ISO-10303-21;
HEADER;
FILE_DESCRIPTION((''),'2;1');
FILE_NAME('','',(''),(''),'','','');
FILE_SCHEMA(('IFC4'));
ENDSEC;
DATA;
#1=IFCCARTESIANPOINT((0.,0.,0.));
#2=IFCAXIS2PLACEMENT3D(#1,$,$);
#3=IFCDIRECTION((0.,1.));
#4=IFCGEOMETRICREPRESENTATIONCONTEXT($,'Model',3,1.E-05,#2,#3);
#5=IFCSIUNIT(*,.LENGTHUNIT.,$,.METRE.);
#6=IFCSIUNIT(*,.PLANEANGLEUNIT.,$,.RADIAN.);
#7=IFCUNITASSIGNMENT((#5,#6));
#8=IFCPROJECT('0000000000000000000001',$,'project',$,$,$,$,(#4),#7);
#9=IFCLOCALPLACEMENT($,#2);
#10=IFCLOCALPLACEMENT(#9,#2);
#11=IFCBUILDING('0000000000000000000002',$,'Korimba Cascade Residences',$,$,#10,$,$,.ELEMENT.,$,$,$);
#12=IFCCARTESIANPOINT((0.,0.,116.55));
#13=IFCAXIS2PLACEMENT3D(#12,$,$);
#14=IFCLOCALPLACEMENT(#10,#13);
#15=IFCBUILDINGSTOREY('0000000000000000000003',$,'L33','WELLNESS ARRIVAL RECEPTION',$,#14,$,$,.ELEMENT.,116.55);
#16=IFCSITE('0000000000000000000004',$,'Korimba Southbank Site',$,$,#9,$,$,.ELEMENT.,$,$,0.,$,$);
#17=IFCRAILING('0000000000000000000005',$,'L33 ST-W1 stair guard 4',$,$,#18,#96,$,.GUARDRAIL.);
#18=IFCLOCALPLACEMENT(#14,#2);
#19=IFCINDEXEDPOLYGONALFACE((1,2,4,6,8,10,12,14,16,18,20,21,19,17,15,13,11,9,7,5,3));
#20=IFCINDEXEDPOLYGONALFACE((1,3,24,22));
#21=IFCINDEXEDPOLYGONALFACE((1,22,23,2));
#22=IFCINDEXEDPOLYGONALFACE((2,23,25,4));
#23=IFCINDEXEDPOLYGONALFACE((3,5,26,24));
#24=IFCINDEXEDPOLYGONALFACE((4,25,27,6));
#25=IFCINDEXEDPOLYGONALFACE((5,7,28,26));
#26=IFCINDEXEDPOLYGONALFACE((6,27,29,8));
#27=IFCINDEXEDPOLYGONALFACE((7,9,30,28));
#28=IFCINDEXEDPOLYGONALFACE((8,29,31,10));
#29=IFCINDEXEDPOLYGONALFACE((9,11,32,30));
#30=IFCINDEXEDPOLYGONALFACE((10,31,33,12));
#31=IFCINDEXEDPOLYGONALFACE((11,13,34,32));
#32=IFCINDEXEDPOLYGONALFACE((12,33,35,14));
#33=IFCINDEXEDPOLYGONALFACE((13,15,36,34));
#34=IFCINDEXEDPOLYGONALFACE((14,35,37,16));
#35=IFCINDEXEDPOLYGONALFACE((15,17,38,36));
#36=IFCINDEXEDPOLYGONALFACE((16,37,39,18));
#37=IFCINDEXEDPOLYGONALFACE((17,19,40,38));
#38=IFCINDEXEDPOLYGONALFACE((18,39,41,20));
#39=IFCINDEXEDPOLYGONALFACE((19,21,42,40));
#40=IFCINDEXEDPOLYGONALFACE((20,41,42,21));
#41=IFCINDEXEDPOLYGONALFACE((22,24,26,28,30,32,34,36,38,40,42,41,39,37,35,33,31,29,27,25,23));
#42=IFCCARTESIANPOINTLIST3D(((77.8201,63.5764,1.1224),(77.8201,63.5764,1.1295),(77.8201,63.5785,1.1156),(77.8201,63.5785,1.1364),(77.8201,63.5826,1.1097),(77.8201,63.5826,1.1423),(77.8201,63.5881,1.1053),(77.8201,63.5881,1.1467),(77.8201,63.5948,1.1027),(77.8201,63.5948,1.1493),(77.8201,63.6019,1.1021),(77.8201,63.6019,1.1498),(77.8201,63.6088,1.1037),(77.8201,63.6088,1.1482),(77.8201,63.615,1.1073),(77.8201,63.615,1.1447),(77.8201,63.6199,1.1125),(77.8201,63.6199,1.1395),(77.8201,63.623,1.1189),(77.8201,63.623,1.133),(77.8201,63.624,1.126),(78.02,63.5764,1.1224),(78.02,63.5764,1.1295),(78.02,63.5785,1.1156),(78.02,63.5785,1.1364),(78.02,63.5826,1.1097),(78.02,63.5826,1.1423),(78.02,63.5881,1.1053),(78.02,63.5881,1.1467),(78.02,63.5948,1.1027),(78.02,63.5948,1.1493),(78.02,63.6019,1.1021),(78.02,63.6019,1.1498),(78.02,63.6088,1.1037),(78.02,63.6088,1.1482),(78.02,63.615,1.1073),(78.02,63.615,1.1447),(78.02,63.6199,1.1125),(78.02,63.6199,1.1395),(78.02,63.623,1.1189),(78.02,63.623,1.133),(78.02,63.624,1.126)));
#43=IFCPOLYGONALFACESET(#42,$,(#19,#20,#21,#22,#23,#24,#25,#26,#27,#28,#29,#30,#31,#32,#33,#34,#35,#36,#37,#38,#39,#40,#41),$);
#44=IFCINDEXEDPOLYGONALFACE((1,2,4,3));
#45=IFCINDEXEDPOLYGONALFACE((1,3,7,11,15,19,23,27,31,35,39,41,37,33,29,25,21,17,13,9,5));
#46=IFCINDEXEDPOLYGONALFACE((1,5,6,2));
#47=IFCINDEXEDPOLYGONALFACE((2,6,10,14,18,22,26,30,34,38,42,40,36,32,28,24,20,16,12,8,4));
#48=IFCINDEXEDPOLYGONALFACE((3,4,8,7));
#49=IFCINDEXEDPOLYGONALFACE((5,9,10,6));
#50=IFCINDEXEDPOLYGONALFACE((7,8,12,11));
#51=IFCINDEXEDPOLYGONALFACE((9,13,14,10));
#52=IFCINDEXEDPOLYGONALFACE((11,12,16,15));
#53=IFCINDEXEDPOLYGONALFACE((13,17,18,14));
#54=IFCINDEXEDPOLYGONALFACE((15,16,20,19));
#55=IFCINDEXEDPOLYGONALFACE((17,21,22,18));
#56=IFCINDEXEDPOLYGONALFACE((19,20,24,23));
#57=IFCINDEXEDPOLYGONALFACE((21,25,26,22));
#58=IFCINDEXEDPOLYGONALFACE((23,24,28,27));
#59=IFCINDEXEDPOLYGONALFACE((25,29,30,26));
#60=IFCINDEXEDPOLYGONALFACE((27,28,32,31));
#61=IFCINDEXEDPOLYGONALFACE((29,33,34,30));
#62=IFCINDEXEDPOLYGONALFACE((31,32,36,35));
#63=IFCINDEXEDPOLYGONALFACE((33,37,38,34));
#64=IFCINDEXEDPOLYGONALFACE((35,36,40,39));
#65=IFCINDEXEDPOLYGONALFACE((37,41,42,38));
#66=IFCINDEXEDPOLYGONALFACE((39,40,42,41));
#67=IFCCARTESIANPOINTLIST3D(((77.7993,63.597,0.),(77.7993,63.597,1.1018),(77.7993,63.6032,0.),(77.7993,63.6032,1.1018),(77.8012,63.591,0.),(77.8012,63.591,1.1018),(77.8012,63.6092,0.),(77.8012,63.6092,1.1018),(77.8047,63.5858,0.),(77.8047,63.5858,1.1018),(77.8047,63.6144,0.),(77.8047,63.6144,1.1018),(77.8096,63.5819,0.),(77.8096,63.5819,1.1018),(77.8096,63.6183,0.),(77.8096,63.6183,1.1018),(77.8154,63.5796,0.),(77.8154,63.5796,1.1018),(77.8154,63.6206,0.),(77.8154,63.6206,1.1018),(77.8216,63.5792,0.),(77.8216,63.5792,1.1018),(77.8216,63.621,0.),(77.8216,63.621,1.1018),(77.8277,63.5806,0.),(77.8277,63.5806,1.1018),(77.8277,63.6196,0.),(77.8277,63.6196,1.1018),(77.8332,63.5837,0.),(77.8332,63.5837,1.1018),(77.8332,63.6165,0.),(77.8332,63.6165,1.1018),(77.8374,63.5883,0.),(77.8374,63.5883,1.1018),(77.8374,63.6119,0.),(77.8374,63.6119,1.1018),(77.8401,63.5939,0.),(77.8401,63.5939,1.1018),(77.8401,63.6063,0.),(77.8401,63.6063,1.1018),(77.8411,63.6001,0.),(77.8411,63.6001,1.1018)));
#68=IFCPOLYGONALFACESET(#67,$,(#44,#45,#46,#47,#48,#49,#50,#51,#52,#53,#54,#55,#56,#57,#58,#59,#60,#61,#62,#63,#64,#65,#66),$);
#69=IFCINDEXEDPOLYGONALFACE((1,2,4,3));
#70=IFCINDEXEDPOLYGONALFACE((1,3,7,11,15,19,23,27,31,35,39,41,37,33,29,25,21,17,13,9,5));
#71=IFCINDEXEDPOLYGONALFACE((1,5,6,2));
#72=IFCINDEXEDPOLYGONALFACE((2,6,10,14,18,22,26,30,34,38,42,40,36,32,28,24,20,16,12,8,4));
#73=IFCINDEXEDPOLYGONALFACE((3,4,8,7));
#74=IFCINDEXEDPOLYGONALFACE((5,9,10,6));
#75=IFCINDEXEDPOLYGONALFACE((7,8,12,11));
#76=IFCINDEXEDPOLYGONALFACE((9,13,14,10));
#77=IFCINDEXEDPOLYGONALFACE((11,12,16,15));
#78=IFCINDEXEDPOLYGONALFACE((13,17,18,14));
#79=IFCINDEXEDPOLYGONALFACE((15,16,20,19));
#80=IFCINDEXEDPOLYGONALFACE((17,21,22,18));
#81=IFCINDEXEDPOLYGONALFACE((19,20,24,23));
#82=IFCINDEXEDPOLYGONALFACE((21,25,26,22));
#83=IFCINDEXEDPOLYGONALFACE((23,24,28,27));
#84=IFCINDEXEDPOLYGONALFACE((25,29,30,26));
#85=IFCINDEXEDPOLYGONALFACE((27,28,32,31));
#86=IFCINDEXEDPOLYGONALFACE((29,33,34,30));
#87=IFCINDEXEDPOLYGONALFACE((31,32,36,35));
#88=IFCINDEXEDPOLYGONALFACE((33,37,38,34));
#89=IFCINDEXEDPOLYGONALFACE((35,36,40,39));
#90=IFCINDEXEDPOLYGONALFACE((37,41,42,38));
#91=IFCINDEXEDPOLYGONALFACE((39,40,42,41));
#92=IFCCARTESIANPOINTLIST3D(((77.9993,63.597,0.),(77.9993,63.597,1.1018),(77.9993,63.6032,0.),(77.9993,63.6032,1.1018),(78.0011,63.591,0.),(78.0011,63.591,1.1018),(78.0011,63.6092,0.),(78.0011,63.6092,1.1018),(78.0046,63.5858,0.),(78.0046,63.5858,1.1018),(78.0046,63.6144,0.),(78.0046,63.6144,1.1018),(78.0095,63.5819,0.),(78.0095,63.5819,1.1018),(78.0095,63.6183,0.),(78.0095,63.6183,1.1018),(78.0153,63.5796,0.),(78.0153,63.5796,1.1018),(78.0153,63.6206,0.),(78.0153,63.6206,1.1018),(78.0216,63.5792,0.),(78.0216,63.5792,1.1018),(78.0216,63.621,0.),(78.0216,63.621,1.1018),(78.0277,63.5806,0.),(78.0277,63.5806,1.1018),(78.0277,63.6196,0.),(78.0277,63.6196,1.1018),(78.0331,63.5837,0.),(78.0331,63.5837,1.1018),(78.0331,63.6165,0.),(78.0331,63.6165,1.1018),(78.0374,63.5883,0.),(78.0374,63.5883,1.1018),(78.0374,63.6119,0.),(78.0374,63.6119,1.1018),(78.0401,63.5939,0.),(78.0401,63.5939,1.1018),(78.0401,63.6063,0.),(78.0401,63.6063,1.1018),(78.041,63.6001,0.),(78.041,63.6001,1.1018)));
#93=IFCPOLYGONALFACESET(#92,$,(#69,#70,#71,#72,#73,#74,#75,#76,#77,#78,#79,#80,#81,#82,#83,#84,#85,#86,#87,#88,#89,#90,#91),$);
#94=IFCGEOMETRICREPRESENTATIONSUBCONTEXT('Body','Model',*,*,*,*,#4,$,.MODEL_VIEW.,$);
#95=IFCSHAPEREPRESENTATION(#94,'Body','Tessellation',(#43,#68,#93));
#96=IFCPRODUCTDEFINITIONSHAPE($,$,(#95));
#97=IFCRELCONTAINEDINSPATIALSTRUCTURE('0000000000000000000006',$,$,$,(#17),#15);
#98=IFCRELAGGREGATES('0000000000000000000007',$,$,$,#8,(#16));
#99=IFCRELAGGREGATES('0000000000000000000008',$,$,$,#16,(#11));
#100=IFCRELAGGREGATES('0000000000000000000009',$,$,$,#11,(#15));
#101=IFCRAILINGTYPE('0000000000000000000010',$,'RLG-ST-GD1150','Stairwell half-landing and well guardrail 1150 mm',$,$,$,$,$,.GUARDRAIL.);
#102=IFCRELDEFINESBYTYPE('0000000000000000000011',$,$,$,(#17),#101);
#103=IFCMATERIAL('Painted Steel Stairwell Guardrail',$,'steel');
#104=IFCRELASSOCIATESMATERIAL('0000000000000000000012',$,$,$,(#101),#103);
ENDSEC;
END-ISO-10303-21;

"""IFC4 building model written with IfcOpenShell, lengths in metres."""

from ifc_helpers import new_model, si_unit, direction, frame, origin, origin_2d, place, context, subcontext, project, spatial, circle, extrude, material, type_object, element, save


model = new_model("IFC4")

# Units and contexts
model_context = context("Model", 3, precision=1e-05, world=origin(), true_north=direction((0.0, 1.0)))
body_context = subcontext(model_context, "Body", "Model", "MODEL_VIEW")
ifc_project = project(units=[si_unit("LENGTHUNIT", "METRE"), si_unit("PLANEANGLEUNIT", "RADIAN")], contexts=[model_context])

# Site, building, storey
site_placement = place(None, origin())
site = spatial("IfcSite", under=ifc_project, at=site_placement, Name="Korimba Southbank Site", CompositionType="ELEMENT", RefElevation=0.0)
building_placement = place(site_placement, origin())
building = spatial("IfcBuilding", under=site, at=building_placement, Name="Korimba Cascade Residences", CompositionType="ELEMENT")
storey_placement = place(building_placement, frame((0.0, 0.0, 116.55)))
storey = spatial("IfcBuildingStorey", under=building, at=storey_placement, Name="L33", Description="WELLNESS ARRIVAL RECEPTION", CompositionType="ELEMENT", Elevation=116.55)

# Railing
ifc_material_1 = material(Name="Painted Steel Stairwell Guardrail", Category="steel")
railing_type_1 = type_object("IfcRailingType", Name="RLG-ST-GD1150", Description="Stairwell half-landing and well guardrail 1150 mm", PredefinedType="GUARDRAIL", material=ifc_material_1)
railing_1_placement = place(storey_placement, frame((77.8201, 63.6001, 0.0)))
element("IfcRailing", 1, at=railing_1_placement, inside=storey, type_object=railing_type_1, Name="L33 ST-W1 stair guard 4", PredefinedType="GUARDRAIL", context=body_context, shape_type="SweptSolid", body=[
    extrude(circle(Radius=0.0239, at=origin_2d()), frame((0.0, 0.0, 1.126), z_axis=(1.0, 0.0, 0.0), x_axis=(0.0, 1.0, 0.0)), (0.0, 0.0, 1.0), 0.2),
    extrude(circle(Radius=0.021, at=origin_2d()), origin(), (0.0, 0.0, 1.0), 1.1018),
    extrude(circle(Radius=0.021, at=origin_2d()), frame((0.2, 0.0, 0.0)), (0.0, 0.0, 1.0), 1.1018),
])

save(model, "model.ifc")
